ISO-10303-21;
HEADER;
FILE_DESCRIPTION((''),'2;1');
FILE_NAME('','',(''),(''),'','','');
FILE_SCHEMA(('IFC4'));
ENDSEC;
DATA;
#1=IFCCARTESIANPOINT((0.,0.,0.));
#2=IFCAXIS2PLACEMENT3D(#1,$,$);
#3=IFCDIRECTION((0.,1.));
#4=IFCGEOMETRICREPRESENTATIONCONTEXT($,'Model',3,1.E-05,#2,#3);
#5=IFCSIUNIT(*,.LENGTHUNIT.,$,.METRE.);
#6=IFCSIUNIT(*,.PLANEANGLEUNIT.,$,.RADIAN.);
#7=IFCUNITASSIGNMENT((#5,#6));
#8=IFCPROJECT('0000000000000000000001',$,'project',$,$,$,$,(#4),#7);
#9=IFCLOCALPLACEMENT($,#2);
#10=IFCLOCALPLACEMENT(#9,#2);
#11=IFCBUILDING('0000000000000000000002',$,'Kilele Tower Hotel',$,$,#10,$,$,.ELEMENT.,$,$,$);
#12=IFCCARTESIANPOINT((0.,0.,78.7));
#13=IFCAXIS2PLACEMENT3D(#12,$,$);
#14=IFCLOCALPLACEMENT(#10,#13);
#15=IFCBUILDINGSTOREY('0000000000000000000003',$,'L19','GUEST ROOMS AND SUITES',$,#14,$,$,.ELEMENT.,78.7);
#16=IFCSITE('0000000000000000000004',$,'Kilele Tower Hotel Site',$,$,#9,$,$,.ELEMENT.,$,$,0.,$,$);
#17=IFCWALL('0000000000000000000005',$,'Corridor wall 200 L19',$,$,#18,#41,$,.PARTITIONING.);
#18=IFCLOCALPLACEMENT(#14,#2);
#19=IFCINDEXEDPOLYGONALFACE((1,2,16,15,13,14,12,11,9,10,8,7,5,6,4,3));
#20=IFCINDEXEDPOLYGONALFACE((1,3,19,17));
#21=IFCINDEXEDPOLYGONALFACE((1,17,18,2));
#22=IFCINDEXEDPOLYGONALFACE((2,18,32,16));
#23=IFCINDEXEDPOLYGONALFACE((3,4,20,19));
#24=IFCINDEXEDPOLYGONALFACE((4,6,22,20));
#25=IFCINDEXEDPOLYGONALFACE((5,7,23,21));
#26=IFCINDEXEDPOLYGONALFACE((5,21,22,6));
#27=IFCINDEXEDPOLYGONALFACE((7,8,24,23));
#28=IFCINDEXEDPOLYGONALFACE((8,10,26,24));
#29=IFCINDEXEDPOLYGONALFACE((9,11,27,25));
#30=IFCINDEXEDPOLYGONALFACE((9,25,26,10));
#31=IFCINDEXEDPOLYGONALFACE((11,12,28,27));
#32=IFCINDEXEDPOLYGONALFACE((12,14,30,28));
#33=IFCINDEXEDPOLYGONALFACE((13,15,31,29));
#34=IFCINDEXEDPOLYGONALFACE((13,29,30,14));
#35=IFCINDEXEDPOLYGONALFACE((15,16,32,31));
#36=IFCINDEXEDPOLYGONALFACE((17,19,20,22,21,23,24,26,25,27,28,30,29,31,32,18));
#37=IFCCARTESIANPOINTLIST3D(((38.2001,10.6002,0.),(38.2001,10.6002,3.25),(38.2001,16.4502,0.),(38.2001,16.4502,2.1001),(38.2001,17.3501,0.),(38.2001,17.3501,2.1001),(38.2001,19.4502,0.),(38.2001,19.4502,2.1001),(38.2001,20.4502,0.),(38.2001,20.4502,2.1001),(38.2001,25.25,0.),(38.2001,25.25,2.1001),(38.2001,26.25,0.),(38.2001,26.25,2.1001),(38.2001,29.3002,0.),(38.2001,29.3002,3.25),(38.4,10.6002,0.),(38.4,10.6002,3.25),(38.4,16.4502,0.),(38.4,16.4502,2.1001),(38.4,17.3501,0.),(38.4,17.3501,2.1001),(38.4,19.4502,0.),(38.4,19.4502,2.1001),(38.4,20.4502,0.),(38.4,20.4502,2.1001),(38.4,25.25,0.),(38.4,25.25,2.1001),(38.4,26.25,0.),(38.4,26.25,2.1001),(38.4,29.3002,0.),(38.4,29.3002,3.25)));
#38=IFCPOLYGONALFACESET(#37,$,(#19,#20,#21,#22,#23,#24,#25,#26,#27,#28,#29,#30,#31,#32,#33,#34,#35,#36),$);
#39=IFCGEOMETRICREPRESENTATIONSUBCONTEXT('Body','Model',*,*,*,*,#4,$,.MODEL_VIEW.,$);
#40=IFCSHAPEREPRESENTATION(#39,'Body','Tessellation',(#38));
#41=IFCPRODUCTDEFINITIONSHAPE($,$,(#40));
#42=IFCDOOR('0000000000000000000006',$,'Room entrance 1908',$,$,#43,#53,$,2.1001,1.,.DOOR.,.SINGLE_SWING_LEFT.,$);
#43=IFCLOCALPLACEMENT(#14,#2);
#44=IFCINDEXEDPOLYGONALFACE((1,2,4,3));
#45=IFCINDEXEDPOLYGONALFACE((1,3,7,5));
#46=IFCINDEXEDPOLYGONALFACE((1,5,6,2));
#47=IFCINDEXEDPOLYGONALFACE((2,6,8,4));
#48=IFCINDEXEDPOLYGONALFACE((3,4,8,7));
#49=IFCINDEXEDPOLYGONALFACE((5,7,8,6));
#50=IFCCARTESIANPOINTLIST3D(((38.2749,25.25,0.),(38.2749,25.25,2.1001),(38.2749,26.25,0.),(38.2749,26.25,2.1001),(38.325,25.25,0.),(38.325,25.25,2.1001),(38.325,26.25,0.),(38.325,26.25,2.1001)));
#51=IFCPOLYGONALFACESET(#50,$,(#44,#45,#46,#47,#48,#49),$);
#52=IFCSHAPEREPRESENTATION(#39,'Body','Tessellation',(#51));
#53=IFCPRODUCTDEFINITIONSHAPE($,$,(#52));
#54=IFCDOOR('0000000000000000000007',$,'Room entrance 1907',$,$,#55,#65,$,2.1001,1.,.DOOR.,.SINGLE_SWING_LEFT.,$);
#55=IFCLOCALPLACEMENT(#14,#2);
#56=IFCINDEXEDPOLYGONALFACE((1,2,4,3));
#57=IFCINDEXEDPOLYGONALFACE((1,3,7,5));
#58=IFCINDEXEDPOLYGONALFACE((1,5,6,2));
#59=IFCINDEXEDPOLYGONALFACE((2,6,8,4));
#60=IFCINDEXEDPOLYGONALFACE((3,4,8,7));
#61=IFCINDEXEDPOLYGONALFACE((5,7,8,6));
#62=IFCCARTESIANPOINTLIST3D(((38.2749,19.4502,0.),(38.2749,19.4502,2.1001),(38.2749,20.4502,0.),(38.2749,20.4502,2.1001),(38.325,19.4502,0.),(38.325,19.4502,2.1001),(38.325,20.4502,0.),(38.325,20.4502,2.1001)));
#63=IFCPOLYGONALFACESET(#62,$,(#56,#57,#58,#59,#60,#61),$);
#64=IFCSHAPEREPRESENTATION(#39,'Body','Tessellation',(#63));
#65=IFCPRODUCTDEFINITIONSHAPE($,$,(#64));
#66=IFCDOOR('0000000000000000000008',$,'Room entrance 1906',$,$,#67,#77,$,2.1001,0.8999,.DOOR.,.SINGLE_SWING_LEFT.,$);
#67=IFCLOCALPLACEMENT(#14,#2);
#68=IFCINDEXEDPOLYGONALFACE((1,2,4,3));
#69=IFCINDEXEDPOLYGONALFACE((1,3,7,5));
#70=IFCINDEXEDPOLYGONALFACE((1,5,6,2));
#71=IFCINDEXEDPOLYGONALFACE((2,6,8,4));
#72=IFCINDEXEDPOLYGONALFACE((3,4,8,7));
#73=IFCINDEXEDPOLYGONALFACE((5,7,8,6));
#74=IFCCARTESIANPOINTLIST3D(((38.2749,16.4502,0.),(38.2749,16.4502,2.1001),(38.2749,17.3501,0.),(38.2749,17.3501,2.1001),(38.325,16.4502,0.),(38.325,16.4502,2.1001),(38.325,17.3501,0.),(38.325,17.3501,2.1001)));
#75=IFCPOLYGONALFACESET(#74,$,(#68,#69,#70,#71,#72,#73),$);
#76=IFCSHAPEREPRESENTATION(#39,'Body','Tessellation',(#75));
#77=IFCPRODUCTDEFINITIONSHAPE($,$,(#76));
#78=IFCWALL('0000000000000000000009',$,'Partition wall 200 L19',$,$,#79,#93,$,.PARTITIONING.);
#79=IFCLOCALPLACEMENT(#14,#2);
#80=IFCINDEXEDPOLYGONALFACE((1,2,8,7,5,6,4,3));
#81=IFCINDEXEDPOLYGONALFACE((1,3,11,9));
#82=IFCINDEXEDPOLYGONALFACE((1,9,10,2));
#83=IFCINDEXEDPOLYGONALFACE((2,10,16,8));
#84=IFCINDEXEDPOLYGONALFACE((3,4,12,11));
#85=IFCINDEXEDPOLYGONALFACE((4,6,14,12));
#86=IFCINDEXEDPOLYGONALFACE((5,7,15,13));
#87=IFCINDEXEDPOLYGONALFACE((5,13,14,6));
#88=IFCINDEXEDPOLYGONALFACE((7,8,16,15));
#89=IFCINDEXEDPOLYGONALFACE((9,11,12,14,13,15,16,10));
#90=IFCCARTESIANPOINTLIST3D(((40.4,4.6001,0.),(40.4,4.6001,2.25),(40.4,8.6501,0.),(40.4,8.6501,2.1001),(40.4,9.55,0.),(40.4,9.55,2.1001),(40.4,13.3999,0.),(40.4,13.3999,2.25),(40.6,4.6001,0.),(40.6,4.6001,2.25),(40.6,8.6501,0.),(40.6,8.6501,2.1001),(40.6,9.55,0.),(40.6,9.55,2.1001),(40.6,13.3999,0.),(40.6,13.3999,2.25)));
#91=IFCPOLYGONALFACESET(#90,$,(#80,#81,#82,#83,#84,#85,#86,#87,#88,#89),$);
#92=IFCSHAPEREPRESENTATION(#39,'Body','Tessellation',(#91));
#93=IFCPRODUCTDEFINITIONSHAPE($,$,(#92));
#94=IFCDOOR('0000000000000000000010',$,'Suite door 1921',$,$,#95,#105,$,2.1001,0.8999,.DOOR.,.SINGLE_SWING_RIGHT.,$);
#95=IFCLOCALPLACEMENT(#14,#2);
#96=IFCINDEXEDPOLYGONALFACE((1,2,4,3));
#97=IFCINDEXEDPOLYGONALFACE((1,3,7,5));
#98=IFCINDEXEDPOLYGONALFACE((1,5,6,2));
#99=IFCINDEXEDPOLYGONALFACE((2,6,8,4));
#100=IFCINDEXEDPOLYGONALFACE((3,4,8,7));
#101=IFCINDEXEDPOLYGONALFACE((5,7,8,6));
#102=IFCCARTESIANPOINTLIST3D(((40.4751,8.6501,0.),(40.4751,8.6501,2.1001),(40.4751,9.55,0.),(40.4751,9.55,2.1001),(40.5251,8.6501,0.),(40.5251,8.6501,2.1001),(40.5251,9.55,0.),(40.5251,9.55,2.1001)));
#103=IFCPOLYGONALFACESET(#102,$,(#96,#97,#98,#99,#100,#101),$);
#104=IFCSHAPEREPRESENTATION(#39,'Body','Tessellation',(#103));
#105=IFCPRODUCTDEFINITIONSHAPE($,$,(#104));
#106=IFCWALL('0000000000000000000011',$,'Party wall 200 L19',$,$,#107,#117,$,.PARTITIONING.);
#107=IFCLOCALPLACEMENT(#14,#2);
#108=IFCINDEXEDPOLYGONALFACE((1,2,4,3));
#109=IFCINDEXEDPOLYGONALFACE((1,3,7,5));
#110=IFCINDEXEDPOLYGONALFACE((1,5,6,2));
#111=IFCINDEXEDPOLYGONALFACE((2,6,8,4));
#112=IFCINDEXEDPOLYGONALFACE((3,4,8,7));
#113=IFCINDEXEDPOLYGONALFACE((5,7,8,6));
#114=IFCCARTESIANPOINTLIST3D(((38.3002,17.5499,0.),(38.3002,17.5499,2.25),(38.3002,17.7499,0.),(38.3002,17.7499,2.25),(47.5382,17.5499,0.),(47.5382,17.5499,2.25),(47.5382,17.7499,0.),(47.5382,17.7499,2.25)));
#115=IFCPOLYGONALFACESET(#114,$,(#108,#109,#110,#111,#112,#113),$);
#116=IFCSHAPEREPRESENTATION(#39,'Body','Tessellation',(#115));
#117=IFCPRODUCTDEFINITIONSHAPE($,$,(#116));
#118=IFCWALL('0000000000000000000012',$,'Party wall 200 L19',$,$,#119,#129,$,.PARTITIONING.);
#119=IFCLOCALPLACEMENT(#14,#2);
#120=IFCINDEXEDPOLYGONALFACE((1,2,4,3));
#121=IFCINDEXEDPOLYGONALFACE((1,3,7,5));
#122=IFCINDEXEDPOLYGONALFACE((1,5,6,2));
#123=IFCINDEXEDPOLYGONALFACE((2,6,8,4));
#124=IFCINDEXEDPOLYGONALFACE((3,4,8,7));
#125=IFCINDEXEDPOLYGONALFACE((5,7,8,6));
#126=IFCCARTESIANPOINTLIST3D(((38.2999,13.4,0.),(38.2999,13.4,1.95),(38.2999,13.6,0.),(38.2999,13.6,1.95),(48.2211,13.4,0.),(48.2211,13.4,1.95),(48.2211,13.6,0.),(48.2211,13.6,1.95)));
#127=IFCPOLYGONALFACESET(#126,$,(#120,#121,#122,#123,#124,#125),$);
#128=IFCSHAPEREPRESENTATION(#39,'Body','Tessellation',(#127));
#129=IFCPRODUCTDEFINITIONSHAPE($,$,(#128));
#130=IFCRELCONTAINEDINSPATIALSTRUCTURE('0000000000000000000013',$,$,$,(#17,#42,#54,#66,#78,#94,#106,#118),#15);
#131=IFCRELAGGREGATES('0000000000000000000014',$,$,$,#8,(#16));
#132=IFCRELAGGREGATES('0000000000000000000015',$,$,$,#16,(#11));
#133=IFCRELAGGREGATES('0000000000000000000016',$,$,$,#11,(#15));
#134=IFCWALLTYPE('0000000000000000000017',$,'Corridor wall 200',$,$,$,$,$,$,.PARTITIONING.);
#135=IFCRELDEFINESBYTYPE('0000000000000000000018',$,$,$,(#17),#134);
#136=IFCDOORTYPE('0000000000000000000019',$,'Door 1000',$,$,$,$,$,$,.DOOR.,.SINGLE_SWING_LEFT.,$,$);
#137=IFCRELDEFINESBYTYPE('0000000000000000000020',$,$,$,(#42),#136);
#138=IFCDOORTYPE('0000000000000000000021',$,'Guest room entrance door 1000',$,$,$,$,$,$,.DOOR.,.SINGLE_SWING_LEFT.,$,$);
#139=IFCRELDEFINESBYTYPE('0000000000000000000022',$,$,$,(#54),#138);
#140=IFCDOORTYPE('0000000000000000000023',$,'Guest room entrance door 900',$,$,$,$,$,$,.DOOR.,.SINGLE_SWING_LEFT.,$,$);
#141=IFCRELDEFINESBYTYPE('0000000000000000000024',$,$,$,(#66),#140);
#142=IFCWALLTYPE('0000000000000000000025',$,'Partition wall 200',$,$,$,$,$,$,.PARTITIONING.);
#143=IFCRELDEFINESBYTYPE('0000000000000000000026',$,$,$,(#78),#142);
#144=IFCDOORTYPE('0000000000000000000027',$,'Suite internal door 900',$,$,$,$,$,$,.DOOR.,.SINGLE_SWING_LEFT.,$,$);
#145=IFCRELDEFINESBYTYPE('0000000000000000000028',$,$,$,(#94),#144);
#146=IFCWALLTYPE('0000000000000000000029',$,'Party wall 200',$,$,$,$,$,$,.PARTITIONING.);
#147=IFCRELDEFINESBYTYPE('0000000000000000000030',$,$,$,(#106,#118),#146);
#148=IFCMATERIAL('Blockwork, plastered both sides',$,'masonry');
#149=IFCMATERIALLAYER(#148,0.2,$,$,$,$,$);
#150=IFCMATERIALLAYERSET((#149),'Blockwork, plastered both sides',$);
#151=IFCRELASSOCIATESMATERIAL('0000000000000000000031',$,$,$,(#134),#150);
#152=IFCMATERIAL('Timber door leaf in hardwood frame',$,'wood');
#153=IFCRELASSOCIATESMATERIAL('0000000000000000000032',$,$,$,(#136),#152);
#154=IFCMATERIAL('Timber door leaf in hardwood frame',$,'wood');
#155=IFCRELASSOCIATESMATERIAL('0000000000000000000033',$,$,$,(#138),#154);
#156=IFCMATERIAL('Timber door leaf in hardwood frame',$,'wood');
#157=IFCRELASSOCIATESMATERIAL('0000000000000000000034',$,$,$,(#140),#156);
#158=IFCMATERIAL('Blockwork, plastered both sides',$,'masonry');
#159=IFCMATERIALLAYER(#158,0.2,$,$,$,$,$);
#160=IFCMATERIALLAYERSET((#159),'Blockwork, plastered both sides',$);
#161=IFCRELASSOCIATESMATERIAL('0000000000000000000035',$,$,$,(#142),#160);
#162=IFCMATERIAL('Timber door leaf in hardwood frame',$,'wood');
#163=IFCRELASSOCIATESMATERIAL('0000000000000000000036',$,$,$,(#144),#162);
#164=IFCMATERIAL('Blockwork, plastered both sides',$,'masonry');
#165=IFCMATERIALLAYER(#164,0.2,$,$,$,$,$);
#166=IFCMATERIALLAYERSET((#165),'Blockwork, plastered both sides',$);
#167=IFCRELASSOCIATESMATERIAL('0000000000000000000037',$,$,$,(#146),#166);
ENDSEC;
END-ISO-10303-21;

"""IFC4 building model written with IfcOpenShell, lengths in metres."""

from ifc_helpers import new_model, si_unit, direction, frame, frame_2d, origin, place, context, subcontext, project, spatial, rectangle, extrude, material, layer, layer_set, type_object, element, fill, save


model = new_model("IFC4")

# Units and contexts
model_context = context("Model", 3, precision=1e-05, world=origin(), true_north=direction((0.0, 1.0)))
body_context = subcontext(model_context, "Body", "Model", "MODEL_VIEW")
ifc_project = project(units=[si_unit("LENGTHUNIT", "METRE"), si_unit("PLANEANGLEUNIT", "RADIAN")], contexts=[model_context])

# Site, building, storey
site_placement = place(None, origin())
site = spatial("IfcSite", under=ifc_project, at=site_placement, Name="Kilele Tower Hotel Site", CompositionType="ELEMENT", RefElevation=0.0)
building_placement = place(site_placement, origin())
building = spatial("IfcBuilding", under=site, at=building_placement, Name="Kilele Tower Hotel", CompositionType="ELEMENT")
storey_placement = place(building_placement, frame((0.0, 0.0, 78.7)))
storey = spatial("IfcBuildingStorey", under=building, at=storey_placement, Name="L19", Description="GUEST ROOMS AND SUITES", CompositionType="ELEMENT", Elevation=78.7)

# Wall, openings, doors
ifc_material_1 = material(Name="Blockwork, plastered both sides", Category="masonry")
ifc_layer_1 = layer(ifc_material_1, 0.2)
ifc_layer_set_1 = layer_set([ifc_layer_1], Name="Blockwork, plastered both sides")
wall_type_1 = type_object("IfcWallType", Name="Corridor wall 200", PredefinedType="PARTITIONING", material=ifc_layer_set_1)
wall_1_placement = place(storey_placement, frame((38.3, 10.6001, 0.0), z_axis=(0.0, 0.0, 1.0), x_axis=(0.0, 1.0, 0.0)))
wall_1 = element("IfcWall", 1, at=wall_1_placement, inside=storey, type_object=wall_type_1, Name="Corridor wall 200 L19", PredefinedType="PARTITIONING", context=body_context, shape_type="SweptSolid", body=[
    extrude(rectangle(XDim=18.7, YDim=0.2, at=frame_2d((9.3501, 0.0))), origin(), (0.0, 0.0, 1.0), 3.25),
])
opening_1_placement = place(wall_1_placement, frame((6.75, 0.0, 0.0), z_axis=(0.0, 0.0, 1.0), x_axis=(-1.0, 0.0, 0.0)))
opening_1 = element("IfcOpeningElement", 2, at=opening_1_placement, cuts=wall_1, PredefinedType="OPENING", context=body_context, shape_type="SweptSolid", body=[
    extrude(rectangle(XDim=0.8999, YDim=2.1001, at=frame_2d((0.45, 1.05))), frame((0.0, 0.1099, 0.0), z_axis=(0.0, -1.0, 0.0), x_axis=(1.0, 0.0, 0.0)), (0.0, 0.0, 1.0), 0.22),
])
opening_2_placement = place(wall_1_placement, frame((9.8501, 0.0, 0.0), z_axis=(0.0, 0.0, 1.0), x_axis=(-1.0, 0.0, 0.0)))
opening_2 = element("IfcOpeningElement", 3, at=opening_2_placement, cuts=wall_1, PredefinedType="OPENING", context=body_context, shape_type="SweptSolid", body=[
    extrude(rectangle(XDim=1.0, YDim=2.1001, at=frame_2d((0.5, 1.05))), frame((0.0, 0.1099, 0.0), z_axis=(0.0, -1.0, 0.0), x_axis=(1.0, 0.0, 0.0)), (0.0, 0.0, 1.0), 0.22),
])
opening_3_placement = place(wall_1_placement, frame((15.6499, 0.0, 0.0), z_axis=(0.0, 0.0, 1.0), x_axis=(-1.0, 0.0, 0.0)))
opening_3 = element("IfcOpeningElement", 4, at=opening_3_placement, cuts=wall_1, PredefinedType="OPENING", context=body_context, shape_type="SweptSolid", body=[
    extrude(rectangle(XDim=1.0, YDim=2.1001, at=frame_2d((0.5, 1.05))), frame((0.0, 0.1099, 0.0), z_axis=(0.0, -1.0, 0.0), x_axis=(1.0, 0.0, 0.0)), (0.0, 0.0, 1.0), 0.22),
])
ifc_material_2 = material(Name="Timber door leaf in hardwood frame", Category="wood")
door_type_1 = type_object("IfcDoorType", Name="Door 1000", OperationType="SINGLE_SWING_LEFT", PredefinedType="DOOR", material=ifc_material_2)
door_1_placement = place(opening_3_placement, origin())
door_1 = element("IfcDoor", 5, at=door_1_placement, inside=storey, type_object=door_type_1, Name="Room entrance 1908", OperationType="SINGLE_SWING_LEFT", OverallHeight=2.1001, OverallWidth=1.0, PredefinedType="DOOR", context=body_context, shape_type="SweptSolid", body=[
    extrude(rectangle(XDim=1.0, YDim=2.1001, at=frame_2d((0.5, 1.05))), frame((0.0, 0.0249, 0.0), z_axis=(0.0, -1.0, 0.0), x_axis=(1.0, 0.0, 0.0)), (0.0, 0.0, 1.0), 0.05),
])
fill(opening_3, door_1)
ifc_material_3 = material(Name="Timber door leaf in hardwood frame", Category="wood")
door_type_2 = type_object("IfcDoorType", Name="Guest room entrance door 1000", OperationType="SINGLE_SWING_LEFT", PredefinedType="DOOR", material=ifc_material_3)
door_2_placement = place(opening_2_placement, origin())
door_2 = element("IfcDoor", 6, at=door_2_placement, inside=storey, type_object=door_type_2, Name="Room entrance 1907", OperationType="SINGLE_SWING_LEFT", OverallHeight=2.1001, OverallWidth=1.0, PredefinedType="DOOR", context=body_context, shape_type="SweptSolid", body=[
    extrude(rectangle(XDim=1.0, YDim=2.1001, at=frame_2d((0.5, 1.05))), frame((0.0, 0.0249, 0.0), z_axis=(0.0, -1.0, 0.0), x_axis=(1.0, 0.0, 0.0)), (0.0, 0.0, 1.0), 0.05),
])
fill(opening_2, door_2)
ifc_material_4 = material(Name="Timber door leaf in hardwood frame", Category="wood")
door_type_3 = type_object("IfcDoorType", Name="Guest room entrance door 900", OperationType="SINGLE_SWING_LEFT", PredefinedType="DOOR", material=ifc_material_4)
door_3_placement = place(opening_1_placement, origin())
door_3 = element("IfcDoor", 7, at=door_3_placement, inside=storey, type_object=door_type_3, Name="Room entrance 1906", OperationType="SINGLE_SWING_LEFT", OverallHeight=2.1001, OverallWidth=0.8999, PredefinedType="DOOR", context=body_context, shape_type="SweptSolid", body=[
    extrude(rectangle(XDim=0.8999, YDim=2.1001, at=frame_2d((0.45, 1.05))), frame((0.0, 0.0249, 0.0), z_axis=(0.0, -1.0, 0.0), x_axis=(1.0, 0.0, 0.0)), (0.0, 0.0, 1.0), 0.05),
])
fill(opening_1, door_3)

# Wall, opening, door
ifc_material_5 = material(Name="Blockwork, plastered both sides", Category="masonry")
ifc_layer_2 = layer(ifc_material_5, 0.2)
ifc_layer_set_2 = layer_set([ifc_layer_2], Name="Blockwork, plastered both sides")
wall_type_2 = type_object("IfcWallType", Name="Partition wall 200", PredefinedType="PARTITIONING", material=ifc_layer_set_2)
wall_2_placement = place(storey_placement, frame((40.5, 4.6001, 0.0), z_axis=(0.0, 0.0, 1.0), x_axis=(0.0, 1.0, 0.0)))
wall_2 = element("IfcWall", 8, at=wall_2_placement, inside=storey, type_object=wall_type_2, Name="Partition wall 200 L19", PredefinedType="PARTITIONING", context=body_context, shape_type="SweptSolid", body=[
    extrude(rectangle(XDim=8.7998, YDim=0.2, at=frame_2d((4.3999, 0.0))), origin(), (0.0, 0.0, 1.0), 2.25),
])
opening_4_placement = place(wall_2_placement, frame((4.05, 0.0, 0.0)))
opening_4 = element("IfcOpeningElement", 9, at=opening_4_placement, cuts=wall_2, PredefinedType="OPENING", context=body_context, shape_type="SweptSolid", body=[
    extrude(rectangle(XDim=0.8999, YDim=2.1001, at=frame_2d((0.45, 1.05))), frame((0.0, 0.1099, 0.0), z_axis=(0.0, -1.0, 0.0), x_axis=(1.0, 0.0, 0.0)), (0.0, 0.0, 1.0), 0.22),
])
ifc_material_6 = material(Name="Timber door leaf in hardwood frame", Category="wood")
door_type_4 = type_object("IfcDoorType", Name="Suite internal door 900", OperationType="SINGLE_SWING_LEFT", PredefinedType="DOOR", material=ifc_material_6)
door_4_placement = place(opening_4_placement, origin())
door_4 = element("IfcDoor", 10, at=door_4_placement, inside=storey, type_object=door_type_4, Name="Suite door 1921", OperationType="SINGLE_SWING_RIGHT", OverallHeight=2.1001, OverallWidth=0.8999, PredefinedType="DOOR", context=body_context, shape_type="SweptSolid", body=[
    extrude(rectangle(XDim=0.8999, YDim=2.1001, at=frame_2d((0.45, 1.05))), frame((0.0, 0.0249, 0.0), z_axis=(0.0, -1.0, 0.0), x_axis=(1.0, 0.0, 0.0)), (0.0, 0.0, 1.0), 0.05),
])
fill(opening_4, door_4)

# Walls
ifc_material_7 = material(Name="Blockwork, plastered both sides", Category="masonry")
ifc_layer_3 = layer(ifc_material_7, 0.2)
ifc_layer_set_3 = layer_set([ifc_layer_3], Name="Blockwork, plastered both sides")
wall_type_3 = type_object("IfcWallType", Name="Party wall 200", PredefinedType="PARTITIONING", material=ifc_layer_set_3)
wall_3_placement = place(storey_placement, frame((38.3, 17.6499, 0.0), z_axis=(0.0, 0.0, 1.0), x_axis=(1.0, 0.0, 0.0)))
element("IfcWall", 11, at=wall_3_placement, inside=storey, type_object=wall_type_3, Name="Party wall 200 L19", PredefinedType="PARTITIONING", context=body_context, shape_type="SweptSolid", body=[
    extrude(rectangle(XDim=9.238, YDim=0.2, at=frame_2d((4.6191, 0.0))), origin(), (0.0, 0.0, 1.0), 2.25),
])
wall_4_placement = place(storey_placement, frame((38.3, 13.5, 0.0), z_axis=(0.0, 0.0, 1.0), x_axis=(1.0, 0.0, 0.0)))
element("IfcWall", 12, at=wall_4_placement, inside=storey, type_object=wall_type_3, Name="Party wall 200 L19", PredefinedType="PARTITIONING", context=body_context, shape_type="SweptSolid", body=[
    extrude(rectangle(XDim=9.9211, YDim=0.2, at=frame_2d((4.9604, 0.0))), origin(), (0.0, 0.0, 1.0), 1.95),
])

save(model, "model.ifc")
